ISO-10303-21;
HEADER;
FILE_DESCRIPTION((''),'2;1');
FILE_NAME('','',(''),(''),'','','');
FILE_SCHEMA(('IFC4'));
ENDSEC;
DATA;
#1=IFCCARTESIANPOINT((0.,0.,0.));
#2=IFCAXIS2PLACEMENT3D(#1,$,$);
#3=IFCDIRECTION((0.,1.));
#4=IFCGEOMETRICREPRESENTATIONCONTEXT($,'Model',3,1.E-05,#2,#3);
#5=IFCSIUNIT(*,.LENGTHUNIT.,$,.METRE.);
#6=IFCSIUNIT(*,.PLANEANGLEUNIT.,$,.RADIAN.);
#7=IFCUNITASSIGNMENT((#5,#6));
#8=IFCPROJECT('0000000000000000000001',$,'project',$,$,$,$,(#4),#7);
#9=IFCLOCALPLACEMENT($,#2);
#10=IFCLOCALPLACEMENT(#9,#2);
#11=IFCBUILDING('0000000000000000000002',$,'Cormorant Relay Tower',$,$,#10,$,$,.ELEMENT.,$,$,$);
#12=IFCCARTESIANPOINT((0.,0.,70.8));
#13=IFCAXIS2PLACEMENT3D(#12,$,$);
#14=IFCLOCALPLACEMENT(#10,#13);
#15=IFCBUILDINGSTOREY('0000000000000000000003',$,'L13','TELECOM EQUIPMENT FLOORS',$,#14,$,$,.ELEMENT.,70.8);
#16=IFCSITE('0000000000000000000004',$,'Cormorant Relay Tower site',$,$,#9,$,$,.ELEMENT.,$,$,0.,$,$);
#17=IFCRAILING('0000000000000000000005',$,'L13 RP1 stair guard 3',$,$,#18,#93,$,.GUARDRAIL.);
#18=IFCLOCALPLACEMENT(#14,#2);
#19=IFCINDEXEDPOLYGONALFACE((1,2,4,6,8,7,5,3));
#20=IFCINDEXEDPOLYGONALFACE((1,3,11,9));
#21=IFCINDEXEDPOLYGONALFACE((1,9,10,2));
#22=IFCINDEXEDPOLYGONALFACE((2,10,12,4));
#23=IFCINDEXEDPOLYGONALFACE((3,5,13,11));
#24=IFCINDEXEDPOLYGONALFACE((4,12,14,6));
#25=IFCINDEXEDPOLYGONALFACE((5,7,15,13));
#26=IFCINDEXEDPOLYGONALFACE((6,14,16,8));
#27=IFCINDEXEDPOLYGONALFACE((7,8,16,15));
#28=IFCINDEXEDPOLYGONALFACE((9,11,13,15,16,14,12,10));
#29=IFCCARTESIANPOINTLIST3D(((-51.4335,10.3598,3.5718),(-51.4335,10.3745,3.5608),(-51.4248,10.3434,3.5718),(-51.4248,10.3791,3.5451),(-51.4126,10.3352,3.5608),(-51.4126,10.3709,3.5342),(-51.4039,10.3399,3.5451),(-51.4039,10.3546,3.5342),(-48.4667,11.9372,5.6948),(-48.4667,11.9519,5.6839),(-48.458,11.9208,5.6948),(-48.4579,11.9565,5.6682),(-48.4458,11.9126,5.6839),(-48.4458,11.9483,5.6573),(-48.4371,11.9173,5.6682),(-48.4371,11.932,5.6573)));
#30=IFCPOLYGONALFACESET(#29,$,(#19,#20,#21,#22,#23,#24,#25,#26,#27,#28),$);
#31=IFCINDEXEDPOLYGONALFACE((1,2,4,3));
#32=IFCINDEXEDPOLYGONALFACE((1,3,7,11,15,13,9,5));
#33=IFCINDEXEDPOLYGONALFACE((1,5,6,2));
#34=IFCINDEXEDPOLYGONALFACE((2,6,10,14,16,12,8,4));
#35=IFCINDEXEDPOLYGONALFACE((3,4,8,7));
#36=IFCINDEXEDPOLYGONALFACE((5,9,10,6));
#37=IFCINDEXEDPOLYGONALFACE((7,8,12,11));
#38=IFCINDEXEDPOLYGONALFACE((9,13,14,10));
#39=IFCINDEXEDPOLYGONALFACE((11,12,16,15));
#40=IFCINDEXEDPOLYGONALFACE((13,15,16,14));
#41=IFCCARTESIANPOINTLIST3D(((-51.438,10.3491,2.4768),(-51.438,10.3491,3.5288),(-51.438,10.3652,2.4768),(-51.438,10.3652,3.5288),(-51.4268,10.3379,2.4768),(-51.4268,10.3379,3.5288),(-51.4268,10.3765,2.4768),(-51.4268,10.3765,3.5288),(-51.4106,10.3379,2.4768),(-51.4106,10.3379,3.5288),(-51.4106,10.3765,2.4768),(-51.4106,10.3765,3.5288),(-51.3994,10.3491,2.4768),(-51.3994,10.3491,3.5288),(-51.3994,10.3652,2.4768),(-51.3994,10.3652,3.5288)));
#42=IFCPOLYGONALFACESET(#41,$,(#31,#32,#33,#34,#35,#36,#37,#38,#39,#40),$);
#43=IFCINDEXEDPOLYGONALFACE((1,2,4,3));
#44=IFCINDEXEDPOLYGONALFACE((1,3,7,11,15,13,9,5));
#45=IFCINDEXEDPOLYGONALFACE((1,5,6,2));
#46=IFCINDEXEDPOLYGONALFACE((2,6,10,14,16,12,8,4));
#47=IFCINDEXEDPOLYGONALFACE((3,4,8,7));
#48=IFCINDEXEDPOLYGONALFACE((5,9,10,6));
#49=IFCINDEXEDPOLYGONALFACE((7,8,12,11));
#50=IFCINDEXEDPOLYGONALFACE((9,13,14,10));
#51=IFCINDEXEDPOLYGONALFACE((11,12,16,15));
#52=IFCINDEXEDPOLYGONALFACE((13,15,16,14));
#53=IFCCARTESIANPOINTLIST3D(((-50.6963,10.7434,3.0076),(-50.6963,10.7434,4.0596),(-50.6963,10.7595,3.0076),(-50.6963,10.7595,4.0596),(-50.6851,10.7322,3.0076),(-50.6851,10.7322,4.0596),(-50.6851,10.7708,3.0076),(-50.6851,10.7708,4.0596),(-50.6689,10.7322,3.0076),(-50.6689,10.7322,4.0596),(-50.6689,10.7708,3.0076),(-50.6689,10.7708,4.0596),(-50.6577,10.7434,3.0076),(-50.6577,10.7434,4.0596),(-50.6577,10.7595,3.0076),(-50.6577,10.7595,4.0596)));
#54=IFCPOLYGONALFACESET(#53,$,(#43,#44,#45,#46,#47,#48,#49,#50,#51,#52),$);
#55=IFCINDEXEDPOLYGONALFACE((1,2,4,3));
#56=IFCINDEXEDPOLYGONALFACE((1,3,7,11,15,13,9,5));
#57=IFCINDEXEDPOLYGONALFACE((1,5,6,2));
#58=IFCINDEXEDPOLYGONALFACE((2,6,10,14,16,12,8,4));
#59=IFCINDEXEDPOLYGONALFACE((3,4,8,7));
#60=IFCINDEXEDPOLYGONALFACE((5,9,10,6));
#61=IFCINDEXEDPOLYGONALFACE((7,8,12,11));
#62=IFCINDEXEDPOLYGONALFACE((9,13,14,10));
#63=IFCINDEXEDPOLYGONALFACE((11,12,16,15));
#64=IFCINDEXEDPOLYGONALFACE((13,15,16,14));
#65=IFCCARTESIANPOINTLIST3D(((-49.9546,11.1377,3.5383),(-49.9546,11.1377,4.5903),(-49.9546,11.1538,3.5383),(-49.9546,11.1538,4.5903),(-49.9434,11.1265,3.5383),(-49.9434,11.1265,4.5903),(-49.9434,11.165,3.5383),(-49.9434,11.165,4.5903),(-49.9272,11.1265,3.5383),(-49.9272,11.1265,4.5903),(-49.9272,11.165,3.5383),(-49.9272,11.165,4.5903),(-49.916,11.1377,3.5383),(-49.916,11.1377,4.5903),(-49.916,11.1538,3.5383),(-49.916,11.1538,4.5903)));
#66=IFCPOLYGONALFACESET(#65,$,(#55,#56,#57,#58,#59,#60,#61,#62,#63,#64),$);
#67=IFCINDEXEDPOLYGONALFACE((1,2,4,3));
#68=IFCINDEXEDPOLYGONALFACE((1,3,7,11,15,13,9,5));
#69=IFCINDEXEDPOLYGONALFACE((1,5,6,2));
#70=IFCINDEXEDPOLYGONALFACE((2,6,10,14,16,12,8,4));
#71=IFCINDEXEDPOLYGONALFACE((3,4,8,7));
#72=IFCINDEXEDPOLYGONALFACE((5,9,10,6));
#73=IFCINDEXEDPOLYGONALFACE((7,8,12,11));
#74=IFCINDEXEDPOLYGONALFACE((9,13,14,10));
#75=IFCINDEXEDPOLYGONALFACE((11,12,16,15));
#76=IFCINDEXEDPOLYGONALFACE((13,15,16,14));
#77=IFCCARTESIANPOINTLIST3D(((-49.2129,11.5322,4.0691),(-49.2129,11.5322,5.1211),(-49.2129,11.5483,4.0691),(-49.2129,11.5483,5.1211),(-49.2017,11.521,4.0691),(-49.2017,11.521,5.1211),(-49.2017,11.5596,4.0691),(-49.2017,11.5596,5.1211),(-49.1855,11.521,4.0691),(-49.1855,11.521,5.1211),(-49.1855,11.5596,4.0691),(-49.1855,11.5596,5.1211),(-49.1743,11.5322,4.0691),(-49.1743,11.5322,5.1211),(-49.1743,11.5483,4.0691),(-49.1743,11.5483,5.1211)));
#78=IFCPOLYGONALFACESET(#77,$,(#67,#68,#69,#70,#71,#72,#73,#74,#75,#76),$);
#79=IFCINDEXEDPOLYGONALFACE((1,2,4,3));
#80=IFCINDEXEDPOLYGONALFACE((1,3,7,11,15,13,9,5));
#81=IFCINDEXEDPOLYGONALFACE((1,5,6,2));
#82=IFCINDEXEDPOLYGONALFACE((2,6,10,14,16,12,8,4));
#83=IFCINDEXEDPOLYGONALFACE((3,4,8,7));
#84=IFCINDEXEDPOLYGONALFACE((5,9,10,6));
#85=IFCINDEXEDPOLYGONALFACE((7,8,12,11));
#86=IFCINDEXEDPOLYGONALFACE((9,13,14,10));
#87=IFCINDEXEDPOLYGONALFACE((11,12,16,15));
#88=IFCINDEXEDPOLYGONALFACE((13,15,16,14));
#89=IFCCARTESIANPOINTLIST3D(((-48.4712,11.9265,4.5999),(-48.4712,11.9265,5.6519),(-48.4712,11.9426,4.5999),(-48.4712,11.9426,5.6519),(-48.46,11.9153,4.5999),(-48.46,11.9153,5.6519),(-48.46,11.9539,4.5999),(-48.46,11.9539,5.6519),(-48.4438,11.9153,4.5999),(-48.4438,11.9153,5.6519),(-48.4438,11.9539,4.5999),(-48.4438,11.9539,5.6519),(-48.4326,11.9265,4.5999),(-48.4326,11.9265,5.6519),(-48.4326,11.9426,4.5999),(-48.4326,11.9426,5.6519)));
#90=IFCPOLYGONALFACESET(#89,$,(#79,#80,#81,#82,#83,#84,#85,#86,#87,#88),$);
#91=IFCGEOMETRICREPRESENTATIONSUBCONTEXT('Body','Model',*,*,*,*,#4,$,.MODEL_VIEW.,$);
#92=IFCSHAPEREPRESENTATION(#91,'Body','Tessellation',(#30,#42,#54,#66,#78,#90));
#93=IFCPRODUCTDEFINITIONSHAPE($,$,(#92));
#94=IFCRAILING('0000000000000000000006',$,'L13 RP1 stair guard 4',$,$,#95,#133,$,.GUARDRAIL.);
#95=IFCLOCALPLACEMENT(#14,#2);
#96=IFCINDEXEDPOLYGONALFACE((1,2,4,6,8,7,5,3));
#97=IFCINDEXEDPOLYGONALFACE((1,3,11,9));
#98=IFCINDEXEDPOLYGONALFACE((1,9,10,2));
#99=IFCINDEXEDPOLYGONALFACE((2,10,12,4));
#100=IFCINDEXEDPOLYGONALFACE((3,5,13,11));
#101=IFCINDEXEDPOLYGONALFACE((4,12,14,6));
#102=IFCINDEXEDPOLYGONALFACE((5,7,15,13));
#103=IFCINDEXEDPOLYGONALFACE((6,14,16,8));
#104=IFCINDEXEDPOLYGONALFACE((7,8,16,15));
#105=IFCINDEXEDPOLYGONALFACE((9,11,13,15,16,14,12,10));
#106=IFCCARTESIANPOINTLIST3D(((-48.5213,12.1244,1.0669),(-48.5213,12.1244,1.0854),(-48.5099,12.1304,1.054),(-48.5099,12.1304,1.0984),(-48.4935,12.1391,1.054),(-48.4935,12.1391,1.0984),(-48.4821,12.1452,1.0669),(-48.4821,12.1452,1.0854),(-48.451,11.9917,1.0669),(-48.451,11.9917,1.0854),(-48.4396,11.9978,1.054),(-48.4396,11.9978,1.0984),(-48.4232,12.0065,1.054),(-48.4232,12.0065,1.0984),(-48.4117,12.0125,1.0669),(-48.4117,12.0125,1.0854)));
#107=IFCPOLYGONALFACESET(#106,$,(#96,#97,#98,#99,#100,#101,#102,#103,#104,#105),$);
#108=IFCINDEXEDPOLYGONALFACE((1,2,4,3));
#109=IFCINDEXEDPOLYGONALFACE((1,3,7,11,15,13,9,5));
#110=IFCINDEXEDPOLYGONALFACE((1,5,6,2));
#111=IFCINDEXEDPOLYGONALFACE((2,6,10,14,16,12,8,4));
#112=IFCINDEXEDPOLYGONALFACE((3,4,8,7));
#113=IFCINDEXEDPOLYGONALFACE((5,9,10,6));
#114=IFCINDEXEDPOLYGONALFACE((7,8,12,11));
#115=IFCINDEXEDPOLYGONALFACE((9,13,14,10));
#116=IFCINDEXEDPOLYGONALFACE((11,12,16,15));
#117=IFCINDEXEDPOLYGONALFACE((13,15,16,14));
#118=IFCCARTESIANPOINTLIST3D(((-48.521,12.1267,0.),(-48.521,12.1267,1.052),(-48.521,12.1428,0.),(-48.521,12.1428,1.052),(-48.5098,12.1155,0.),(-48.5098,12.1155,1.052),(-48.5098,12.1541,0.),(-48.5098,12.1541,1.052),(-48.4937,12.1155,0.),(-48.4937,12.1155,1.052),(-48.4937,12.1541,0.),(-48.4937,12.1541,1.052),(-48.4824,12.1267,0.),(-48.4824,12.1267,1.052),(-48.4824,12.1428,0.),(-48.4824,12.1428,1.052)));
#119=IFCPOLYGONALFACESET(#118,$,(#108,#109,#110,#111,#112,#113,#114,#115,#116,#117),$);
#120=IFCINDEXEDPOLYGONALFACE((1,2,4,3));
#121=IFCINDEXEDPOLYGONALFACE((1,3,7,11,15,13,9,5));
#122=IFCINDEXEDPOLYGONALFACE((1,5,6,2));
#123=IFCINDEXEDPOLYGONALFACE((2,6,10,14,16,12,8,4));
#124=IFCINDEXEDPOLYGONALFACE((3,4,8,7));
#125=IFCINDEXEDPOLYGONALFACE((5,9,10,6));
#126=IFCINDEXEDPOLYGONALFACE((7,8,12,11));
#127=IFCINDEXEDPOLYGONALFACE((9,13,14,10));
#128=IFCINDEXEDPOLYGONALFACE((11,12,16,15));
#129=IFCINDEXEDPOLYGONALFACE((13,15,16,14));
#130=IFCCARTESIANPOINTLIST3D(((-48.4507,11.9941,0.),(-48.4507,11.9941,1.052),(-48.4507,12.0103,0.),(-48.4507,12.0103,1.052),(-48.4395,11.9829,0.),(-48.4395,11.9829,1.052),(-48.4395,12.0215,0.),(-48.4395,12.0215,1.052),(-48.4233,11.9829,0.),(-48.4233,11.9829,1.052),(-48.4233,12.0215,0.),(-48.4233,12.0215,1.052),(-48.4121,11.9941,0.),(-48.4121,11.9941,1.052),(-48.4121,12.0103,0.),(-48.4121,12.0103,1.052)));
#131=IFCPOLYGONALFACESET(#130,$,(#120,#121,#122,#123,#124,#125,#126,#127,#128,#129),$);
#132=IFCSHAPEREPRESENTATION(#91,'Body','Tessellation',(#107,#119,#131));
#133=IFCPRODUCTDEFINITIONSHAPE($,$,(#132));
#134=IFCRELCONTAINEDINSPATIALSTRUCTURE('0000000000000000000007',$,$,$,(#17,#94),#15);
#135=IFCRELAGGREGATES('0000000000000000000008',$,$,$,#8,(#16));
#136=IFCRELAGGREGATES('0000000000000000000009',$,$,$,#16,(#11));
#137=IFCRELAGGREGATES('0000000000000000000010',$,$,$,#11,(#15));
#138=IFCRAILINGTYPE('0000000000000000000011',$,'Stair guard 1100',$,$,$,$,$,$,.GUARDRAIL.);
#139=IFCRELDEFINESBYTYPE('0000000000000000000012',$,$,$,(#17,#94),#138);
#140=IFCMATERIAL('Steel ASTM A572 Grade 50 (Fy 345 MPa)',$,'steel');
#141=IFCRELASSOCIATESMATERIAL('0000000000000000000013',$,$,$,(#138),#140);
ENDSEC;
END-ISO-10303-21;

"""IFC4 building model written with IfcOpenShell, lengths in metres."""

from ifc_helpers import new_model, si_unit, direction, frame, origin, place, context, subcontext, project, spatial, polyline, outline, extrude, material, type_object, element, save


model = new_model("IFC4")

# Units and contexts
model_context = context("Model", 3, precision=1e-05, world=origin(), true_north=direction((0.0, 1.0)))
body_context = subcontext(model_context, "Body", "Model", "MODEL_VIEW")
ifc_project = project(units=[si_unit("LENGTHUNIT", "METRE"), si_unit("PLANEANGLEUNIT", "RADIAN")], contexts=[model_context])

# Site, building, storey
site_placement = place(None, origin())
site = spatial("IfcSite", under=ifc_project, at=site_placement, Name="Cormorant Relay Tower site", CompositionType="ELEMENT", RefElevation=0.0)
building_placement = place(site_placement, origin())
building = spatial("IfcBuilding", under=site, at=building_placement, Name="Cormorant Relay Tower", CompositionType="ELEMENT")
storey_placement = place(building_placement, frame((0.0, 0.0, 70.8)))
storey = spatial("IfcBuildingStorey", under=building, at=storey_placement, Name="L13", Description="TELECOM EQUIPMENT FLOORS", CompositionType="ELEMENT", Elevation=70.8)

# Railings
ifc_material_1 = material(Name="Steel ASTM A572 Grade 50 (Fy 345 MPa)", Category="steel")
railing_type_1 = type_object("IfcRailingType", Name="Stair guard 1100", PredefinedType="GUARDRAIL", material=ifc_material_1)
railing_1_placement = place(storey_placement, frame((-51.4187, 10.3572, 2.4768)))
element("IfcRailing", 1, at=railing_1_placement, inside=storey, type_object=railing_type_1, Name="L13 RP1 stair guard 3", PredefinedType="GUARDRAIL", context=body_context, shape_type="SweptSolid", body=[
    extrude(outline(polyline([(0.0222, 0.0093), (0.0093, 0.0222), (-0.0093, 0.0222), (-0.0222, 0.0093), (-0.0222, -0.0093), (-0.0093, -0.0222), (0.0093, -0.0222), (0.0222, -0.0093), (0.0222, 0.0093)])), frame((0.0, 0.0, 1.0762), z_axis=(0.746441, 0.396869, 0.534155), x_axis=(-0.469453, 0.882958, 0.0)), (0.0, 0.0, 1.0), 3.9746),
    extrude(outline(polyline([(0.0193, 0.0081), (0.0081, 0.0193), (-0.0081, 0.0193), (-0.0193, 0.0081), (-0.0193, -0.0081), (-0.0081, -0.0193), (0.0081, -0.0193), (0.0193, -0.0081), (0.0193, 0.0081)])), origin(), (0.0, 0.0, 1.0), 1.052),
    extrude(outline(polyline([(0.0193, 0.0081), (0.0081, 0.0193), (-0.0081, 0.0193), (-0.0193, 0.0081), (-0.0193, -0.0081), (-0.0081, -0.0193), (0.0081, -0.0193), (0.0193, -0.0081), (0.0193, 0.0081)])), frame((0.7417, 0.3943, 0.5308)), (0.0, 0.0, 1.0), 1.052),
    extrude(outline(polyline([(0.0193, 0.0081), (0.0081, 0.0193), (-0.0081, 0.0193), (-0.0193, 0.0081), (-0.0193, -0.0081), (-0.0081, -0.0193), (0.0081, -0.0193), (0.0193, -0.0081), (0.0193, 0.0081)])), frame((1.4834, 0.7886, 1.0615)), (0.0, 0.0, 1.0), 1.052),
    extrude(outline(polyline([(0.0193, 0.0081), (0.0081, 0.0193), (-0.0081, 0.0193), (-0.0193, 0.0081), (-0.0193, -0.0081), (-0.0081, -0.0193), (0.0081, -0.0193), (0.0193, -0.0081), (0.0193, 0.0081)])), frame((2.2251, 1.1831, 1.5923)), (0.0, 0.0, 1.0), 1.052),
    extrude(outline(polyline([(0.0193, 0.0081), (0.0081, 0.0193), (-0.0081, 0.0193), (-0.0193, 0.0081), (-0.0193, -0.0081), (-0.0081, -0.0193), (0.0081, -0.0193), (0.0193, -0.0081), (0.0193, 0.0081)])), frame((2.9668, 1.5774, 2.123)), (0.0, 0.0, 1.0), 1.052),
])
railing_2_placement = place(storey_placement, frame((-48.5017, 12.1348, 0.0)))
element("IfcRailing", 2, at=railing_2_placement, inside=storey, type_object=railing_type_1, Name="L13 RP1 stair guard 4", PredefinedType="GUARDRAIL", context=body_context, shape_type="SweptSolid", body=[
    extrude(outline(polyline([(0.0222, 0.0093), (0.0093, 0.0222), (-0.0093, 0.0222), (-0.0222, 0.0093), (-0.0222, -0.0093), (-0.0093, -0.0222), (0.0093, -0.0222), (0.0222, -0.0093), (0.0222, 0.0093)])), frame((0.0, 0.0, 1.0762), z_axis=(0.46856, -0.883431, 0.0), x_axis=(0.883431, 0.46856, 0.0)), (0.0, 0.0, 1.0), 0.1501),
    extrude(outline(polyline([(0.0193, 0.0081), (0.0081, 0.0193), (-0.0081, 0.0193), (-0.0193, 0.0081), (-0.0193, -0.0081), (-0.0081, -0.0193), (0.0081, -0.0193), (0.0193, -0.0081), (0.0193, 0.0081)])), origin(), (0.0, 0.0, 1.0), 1.052),
    extrude(outline(polyline([(0.0193, 0.0081), (0.0081, 0.0193), (-0.0081, 0.0193), (-0.0193, 0.0081), (-0.0193, -0.0081), (-0.0081, -0.0193), (0.0081, -0.0193), (0.0193, -0.0081), (0.0193, 0.0081)])), frame((0.0703, -0.1326, 0.0)), (0.0, 0.0, 1.0), 1.052),
])

save(model, "model.ifc")
